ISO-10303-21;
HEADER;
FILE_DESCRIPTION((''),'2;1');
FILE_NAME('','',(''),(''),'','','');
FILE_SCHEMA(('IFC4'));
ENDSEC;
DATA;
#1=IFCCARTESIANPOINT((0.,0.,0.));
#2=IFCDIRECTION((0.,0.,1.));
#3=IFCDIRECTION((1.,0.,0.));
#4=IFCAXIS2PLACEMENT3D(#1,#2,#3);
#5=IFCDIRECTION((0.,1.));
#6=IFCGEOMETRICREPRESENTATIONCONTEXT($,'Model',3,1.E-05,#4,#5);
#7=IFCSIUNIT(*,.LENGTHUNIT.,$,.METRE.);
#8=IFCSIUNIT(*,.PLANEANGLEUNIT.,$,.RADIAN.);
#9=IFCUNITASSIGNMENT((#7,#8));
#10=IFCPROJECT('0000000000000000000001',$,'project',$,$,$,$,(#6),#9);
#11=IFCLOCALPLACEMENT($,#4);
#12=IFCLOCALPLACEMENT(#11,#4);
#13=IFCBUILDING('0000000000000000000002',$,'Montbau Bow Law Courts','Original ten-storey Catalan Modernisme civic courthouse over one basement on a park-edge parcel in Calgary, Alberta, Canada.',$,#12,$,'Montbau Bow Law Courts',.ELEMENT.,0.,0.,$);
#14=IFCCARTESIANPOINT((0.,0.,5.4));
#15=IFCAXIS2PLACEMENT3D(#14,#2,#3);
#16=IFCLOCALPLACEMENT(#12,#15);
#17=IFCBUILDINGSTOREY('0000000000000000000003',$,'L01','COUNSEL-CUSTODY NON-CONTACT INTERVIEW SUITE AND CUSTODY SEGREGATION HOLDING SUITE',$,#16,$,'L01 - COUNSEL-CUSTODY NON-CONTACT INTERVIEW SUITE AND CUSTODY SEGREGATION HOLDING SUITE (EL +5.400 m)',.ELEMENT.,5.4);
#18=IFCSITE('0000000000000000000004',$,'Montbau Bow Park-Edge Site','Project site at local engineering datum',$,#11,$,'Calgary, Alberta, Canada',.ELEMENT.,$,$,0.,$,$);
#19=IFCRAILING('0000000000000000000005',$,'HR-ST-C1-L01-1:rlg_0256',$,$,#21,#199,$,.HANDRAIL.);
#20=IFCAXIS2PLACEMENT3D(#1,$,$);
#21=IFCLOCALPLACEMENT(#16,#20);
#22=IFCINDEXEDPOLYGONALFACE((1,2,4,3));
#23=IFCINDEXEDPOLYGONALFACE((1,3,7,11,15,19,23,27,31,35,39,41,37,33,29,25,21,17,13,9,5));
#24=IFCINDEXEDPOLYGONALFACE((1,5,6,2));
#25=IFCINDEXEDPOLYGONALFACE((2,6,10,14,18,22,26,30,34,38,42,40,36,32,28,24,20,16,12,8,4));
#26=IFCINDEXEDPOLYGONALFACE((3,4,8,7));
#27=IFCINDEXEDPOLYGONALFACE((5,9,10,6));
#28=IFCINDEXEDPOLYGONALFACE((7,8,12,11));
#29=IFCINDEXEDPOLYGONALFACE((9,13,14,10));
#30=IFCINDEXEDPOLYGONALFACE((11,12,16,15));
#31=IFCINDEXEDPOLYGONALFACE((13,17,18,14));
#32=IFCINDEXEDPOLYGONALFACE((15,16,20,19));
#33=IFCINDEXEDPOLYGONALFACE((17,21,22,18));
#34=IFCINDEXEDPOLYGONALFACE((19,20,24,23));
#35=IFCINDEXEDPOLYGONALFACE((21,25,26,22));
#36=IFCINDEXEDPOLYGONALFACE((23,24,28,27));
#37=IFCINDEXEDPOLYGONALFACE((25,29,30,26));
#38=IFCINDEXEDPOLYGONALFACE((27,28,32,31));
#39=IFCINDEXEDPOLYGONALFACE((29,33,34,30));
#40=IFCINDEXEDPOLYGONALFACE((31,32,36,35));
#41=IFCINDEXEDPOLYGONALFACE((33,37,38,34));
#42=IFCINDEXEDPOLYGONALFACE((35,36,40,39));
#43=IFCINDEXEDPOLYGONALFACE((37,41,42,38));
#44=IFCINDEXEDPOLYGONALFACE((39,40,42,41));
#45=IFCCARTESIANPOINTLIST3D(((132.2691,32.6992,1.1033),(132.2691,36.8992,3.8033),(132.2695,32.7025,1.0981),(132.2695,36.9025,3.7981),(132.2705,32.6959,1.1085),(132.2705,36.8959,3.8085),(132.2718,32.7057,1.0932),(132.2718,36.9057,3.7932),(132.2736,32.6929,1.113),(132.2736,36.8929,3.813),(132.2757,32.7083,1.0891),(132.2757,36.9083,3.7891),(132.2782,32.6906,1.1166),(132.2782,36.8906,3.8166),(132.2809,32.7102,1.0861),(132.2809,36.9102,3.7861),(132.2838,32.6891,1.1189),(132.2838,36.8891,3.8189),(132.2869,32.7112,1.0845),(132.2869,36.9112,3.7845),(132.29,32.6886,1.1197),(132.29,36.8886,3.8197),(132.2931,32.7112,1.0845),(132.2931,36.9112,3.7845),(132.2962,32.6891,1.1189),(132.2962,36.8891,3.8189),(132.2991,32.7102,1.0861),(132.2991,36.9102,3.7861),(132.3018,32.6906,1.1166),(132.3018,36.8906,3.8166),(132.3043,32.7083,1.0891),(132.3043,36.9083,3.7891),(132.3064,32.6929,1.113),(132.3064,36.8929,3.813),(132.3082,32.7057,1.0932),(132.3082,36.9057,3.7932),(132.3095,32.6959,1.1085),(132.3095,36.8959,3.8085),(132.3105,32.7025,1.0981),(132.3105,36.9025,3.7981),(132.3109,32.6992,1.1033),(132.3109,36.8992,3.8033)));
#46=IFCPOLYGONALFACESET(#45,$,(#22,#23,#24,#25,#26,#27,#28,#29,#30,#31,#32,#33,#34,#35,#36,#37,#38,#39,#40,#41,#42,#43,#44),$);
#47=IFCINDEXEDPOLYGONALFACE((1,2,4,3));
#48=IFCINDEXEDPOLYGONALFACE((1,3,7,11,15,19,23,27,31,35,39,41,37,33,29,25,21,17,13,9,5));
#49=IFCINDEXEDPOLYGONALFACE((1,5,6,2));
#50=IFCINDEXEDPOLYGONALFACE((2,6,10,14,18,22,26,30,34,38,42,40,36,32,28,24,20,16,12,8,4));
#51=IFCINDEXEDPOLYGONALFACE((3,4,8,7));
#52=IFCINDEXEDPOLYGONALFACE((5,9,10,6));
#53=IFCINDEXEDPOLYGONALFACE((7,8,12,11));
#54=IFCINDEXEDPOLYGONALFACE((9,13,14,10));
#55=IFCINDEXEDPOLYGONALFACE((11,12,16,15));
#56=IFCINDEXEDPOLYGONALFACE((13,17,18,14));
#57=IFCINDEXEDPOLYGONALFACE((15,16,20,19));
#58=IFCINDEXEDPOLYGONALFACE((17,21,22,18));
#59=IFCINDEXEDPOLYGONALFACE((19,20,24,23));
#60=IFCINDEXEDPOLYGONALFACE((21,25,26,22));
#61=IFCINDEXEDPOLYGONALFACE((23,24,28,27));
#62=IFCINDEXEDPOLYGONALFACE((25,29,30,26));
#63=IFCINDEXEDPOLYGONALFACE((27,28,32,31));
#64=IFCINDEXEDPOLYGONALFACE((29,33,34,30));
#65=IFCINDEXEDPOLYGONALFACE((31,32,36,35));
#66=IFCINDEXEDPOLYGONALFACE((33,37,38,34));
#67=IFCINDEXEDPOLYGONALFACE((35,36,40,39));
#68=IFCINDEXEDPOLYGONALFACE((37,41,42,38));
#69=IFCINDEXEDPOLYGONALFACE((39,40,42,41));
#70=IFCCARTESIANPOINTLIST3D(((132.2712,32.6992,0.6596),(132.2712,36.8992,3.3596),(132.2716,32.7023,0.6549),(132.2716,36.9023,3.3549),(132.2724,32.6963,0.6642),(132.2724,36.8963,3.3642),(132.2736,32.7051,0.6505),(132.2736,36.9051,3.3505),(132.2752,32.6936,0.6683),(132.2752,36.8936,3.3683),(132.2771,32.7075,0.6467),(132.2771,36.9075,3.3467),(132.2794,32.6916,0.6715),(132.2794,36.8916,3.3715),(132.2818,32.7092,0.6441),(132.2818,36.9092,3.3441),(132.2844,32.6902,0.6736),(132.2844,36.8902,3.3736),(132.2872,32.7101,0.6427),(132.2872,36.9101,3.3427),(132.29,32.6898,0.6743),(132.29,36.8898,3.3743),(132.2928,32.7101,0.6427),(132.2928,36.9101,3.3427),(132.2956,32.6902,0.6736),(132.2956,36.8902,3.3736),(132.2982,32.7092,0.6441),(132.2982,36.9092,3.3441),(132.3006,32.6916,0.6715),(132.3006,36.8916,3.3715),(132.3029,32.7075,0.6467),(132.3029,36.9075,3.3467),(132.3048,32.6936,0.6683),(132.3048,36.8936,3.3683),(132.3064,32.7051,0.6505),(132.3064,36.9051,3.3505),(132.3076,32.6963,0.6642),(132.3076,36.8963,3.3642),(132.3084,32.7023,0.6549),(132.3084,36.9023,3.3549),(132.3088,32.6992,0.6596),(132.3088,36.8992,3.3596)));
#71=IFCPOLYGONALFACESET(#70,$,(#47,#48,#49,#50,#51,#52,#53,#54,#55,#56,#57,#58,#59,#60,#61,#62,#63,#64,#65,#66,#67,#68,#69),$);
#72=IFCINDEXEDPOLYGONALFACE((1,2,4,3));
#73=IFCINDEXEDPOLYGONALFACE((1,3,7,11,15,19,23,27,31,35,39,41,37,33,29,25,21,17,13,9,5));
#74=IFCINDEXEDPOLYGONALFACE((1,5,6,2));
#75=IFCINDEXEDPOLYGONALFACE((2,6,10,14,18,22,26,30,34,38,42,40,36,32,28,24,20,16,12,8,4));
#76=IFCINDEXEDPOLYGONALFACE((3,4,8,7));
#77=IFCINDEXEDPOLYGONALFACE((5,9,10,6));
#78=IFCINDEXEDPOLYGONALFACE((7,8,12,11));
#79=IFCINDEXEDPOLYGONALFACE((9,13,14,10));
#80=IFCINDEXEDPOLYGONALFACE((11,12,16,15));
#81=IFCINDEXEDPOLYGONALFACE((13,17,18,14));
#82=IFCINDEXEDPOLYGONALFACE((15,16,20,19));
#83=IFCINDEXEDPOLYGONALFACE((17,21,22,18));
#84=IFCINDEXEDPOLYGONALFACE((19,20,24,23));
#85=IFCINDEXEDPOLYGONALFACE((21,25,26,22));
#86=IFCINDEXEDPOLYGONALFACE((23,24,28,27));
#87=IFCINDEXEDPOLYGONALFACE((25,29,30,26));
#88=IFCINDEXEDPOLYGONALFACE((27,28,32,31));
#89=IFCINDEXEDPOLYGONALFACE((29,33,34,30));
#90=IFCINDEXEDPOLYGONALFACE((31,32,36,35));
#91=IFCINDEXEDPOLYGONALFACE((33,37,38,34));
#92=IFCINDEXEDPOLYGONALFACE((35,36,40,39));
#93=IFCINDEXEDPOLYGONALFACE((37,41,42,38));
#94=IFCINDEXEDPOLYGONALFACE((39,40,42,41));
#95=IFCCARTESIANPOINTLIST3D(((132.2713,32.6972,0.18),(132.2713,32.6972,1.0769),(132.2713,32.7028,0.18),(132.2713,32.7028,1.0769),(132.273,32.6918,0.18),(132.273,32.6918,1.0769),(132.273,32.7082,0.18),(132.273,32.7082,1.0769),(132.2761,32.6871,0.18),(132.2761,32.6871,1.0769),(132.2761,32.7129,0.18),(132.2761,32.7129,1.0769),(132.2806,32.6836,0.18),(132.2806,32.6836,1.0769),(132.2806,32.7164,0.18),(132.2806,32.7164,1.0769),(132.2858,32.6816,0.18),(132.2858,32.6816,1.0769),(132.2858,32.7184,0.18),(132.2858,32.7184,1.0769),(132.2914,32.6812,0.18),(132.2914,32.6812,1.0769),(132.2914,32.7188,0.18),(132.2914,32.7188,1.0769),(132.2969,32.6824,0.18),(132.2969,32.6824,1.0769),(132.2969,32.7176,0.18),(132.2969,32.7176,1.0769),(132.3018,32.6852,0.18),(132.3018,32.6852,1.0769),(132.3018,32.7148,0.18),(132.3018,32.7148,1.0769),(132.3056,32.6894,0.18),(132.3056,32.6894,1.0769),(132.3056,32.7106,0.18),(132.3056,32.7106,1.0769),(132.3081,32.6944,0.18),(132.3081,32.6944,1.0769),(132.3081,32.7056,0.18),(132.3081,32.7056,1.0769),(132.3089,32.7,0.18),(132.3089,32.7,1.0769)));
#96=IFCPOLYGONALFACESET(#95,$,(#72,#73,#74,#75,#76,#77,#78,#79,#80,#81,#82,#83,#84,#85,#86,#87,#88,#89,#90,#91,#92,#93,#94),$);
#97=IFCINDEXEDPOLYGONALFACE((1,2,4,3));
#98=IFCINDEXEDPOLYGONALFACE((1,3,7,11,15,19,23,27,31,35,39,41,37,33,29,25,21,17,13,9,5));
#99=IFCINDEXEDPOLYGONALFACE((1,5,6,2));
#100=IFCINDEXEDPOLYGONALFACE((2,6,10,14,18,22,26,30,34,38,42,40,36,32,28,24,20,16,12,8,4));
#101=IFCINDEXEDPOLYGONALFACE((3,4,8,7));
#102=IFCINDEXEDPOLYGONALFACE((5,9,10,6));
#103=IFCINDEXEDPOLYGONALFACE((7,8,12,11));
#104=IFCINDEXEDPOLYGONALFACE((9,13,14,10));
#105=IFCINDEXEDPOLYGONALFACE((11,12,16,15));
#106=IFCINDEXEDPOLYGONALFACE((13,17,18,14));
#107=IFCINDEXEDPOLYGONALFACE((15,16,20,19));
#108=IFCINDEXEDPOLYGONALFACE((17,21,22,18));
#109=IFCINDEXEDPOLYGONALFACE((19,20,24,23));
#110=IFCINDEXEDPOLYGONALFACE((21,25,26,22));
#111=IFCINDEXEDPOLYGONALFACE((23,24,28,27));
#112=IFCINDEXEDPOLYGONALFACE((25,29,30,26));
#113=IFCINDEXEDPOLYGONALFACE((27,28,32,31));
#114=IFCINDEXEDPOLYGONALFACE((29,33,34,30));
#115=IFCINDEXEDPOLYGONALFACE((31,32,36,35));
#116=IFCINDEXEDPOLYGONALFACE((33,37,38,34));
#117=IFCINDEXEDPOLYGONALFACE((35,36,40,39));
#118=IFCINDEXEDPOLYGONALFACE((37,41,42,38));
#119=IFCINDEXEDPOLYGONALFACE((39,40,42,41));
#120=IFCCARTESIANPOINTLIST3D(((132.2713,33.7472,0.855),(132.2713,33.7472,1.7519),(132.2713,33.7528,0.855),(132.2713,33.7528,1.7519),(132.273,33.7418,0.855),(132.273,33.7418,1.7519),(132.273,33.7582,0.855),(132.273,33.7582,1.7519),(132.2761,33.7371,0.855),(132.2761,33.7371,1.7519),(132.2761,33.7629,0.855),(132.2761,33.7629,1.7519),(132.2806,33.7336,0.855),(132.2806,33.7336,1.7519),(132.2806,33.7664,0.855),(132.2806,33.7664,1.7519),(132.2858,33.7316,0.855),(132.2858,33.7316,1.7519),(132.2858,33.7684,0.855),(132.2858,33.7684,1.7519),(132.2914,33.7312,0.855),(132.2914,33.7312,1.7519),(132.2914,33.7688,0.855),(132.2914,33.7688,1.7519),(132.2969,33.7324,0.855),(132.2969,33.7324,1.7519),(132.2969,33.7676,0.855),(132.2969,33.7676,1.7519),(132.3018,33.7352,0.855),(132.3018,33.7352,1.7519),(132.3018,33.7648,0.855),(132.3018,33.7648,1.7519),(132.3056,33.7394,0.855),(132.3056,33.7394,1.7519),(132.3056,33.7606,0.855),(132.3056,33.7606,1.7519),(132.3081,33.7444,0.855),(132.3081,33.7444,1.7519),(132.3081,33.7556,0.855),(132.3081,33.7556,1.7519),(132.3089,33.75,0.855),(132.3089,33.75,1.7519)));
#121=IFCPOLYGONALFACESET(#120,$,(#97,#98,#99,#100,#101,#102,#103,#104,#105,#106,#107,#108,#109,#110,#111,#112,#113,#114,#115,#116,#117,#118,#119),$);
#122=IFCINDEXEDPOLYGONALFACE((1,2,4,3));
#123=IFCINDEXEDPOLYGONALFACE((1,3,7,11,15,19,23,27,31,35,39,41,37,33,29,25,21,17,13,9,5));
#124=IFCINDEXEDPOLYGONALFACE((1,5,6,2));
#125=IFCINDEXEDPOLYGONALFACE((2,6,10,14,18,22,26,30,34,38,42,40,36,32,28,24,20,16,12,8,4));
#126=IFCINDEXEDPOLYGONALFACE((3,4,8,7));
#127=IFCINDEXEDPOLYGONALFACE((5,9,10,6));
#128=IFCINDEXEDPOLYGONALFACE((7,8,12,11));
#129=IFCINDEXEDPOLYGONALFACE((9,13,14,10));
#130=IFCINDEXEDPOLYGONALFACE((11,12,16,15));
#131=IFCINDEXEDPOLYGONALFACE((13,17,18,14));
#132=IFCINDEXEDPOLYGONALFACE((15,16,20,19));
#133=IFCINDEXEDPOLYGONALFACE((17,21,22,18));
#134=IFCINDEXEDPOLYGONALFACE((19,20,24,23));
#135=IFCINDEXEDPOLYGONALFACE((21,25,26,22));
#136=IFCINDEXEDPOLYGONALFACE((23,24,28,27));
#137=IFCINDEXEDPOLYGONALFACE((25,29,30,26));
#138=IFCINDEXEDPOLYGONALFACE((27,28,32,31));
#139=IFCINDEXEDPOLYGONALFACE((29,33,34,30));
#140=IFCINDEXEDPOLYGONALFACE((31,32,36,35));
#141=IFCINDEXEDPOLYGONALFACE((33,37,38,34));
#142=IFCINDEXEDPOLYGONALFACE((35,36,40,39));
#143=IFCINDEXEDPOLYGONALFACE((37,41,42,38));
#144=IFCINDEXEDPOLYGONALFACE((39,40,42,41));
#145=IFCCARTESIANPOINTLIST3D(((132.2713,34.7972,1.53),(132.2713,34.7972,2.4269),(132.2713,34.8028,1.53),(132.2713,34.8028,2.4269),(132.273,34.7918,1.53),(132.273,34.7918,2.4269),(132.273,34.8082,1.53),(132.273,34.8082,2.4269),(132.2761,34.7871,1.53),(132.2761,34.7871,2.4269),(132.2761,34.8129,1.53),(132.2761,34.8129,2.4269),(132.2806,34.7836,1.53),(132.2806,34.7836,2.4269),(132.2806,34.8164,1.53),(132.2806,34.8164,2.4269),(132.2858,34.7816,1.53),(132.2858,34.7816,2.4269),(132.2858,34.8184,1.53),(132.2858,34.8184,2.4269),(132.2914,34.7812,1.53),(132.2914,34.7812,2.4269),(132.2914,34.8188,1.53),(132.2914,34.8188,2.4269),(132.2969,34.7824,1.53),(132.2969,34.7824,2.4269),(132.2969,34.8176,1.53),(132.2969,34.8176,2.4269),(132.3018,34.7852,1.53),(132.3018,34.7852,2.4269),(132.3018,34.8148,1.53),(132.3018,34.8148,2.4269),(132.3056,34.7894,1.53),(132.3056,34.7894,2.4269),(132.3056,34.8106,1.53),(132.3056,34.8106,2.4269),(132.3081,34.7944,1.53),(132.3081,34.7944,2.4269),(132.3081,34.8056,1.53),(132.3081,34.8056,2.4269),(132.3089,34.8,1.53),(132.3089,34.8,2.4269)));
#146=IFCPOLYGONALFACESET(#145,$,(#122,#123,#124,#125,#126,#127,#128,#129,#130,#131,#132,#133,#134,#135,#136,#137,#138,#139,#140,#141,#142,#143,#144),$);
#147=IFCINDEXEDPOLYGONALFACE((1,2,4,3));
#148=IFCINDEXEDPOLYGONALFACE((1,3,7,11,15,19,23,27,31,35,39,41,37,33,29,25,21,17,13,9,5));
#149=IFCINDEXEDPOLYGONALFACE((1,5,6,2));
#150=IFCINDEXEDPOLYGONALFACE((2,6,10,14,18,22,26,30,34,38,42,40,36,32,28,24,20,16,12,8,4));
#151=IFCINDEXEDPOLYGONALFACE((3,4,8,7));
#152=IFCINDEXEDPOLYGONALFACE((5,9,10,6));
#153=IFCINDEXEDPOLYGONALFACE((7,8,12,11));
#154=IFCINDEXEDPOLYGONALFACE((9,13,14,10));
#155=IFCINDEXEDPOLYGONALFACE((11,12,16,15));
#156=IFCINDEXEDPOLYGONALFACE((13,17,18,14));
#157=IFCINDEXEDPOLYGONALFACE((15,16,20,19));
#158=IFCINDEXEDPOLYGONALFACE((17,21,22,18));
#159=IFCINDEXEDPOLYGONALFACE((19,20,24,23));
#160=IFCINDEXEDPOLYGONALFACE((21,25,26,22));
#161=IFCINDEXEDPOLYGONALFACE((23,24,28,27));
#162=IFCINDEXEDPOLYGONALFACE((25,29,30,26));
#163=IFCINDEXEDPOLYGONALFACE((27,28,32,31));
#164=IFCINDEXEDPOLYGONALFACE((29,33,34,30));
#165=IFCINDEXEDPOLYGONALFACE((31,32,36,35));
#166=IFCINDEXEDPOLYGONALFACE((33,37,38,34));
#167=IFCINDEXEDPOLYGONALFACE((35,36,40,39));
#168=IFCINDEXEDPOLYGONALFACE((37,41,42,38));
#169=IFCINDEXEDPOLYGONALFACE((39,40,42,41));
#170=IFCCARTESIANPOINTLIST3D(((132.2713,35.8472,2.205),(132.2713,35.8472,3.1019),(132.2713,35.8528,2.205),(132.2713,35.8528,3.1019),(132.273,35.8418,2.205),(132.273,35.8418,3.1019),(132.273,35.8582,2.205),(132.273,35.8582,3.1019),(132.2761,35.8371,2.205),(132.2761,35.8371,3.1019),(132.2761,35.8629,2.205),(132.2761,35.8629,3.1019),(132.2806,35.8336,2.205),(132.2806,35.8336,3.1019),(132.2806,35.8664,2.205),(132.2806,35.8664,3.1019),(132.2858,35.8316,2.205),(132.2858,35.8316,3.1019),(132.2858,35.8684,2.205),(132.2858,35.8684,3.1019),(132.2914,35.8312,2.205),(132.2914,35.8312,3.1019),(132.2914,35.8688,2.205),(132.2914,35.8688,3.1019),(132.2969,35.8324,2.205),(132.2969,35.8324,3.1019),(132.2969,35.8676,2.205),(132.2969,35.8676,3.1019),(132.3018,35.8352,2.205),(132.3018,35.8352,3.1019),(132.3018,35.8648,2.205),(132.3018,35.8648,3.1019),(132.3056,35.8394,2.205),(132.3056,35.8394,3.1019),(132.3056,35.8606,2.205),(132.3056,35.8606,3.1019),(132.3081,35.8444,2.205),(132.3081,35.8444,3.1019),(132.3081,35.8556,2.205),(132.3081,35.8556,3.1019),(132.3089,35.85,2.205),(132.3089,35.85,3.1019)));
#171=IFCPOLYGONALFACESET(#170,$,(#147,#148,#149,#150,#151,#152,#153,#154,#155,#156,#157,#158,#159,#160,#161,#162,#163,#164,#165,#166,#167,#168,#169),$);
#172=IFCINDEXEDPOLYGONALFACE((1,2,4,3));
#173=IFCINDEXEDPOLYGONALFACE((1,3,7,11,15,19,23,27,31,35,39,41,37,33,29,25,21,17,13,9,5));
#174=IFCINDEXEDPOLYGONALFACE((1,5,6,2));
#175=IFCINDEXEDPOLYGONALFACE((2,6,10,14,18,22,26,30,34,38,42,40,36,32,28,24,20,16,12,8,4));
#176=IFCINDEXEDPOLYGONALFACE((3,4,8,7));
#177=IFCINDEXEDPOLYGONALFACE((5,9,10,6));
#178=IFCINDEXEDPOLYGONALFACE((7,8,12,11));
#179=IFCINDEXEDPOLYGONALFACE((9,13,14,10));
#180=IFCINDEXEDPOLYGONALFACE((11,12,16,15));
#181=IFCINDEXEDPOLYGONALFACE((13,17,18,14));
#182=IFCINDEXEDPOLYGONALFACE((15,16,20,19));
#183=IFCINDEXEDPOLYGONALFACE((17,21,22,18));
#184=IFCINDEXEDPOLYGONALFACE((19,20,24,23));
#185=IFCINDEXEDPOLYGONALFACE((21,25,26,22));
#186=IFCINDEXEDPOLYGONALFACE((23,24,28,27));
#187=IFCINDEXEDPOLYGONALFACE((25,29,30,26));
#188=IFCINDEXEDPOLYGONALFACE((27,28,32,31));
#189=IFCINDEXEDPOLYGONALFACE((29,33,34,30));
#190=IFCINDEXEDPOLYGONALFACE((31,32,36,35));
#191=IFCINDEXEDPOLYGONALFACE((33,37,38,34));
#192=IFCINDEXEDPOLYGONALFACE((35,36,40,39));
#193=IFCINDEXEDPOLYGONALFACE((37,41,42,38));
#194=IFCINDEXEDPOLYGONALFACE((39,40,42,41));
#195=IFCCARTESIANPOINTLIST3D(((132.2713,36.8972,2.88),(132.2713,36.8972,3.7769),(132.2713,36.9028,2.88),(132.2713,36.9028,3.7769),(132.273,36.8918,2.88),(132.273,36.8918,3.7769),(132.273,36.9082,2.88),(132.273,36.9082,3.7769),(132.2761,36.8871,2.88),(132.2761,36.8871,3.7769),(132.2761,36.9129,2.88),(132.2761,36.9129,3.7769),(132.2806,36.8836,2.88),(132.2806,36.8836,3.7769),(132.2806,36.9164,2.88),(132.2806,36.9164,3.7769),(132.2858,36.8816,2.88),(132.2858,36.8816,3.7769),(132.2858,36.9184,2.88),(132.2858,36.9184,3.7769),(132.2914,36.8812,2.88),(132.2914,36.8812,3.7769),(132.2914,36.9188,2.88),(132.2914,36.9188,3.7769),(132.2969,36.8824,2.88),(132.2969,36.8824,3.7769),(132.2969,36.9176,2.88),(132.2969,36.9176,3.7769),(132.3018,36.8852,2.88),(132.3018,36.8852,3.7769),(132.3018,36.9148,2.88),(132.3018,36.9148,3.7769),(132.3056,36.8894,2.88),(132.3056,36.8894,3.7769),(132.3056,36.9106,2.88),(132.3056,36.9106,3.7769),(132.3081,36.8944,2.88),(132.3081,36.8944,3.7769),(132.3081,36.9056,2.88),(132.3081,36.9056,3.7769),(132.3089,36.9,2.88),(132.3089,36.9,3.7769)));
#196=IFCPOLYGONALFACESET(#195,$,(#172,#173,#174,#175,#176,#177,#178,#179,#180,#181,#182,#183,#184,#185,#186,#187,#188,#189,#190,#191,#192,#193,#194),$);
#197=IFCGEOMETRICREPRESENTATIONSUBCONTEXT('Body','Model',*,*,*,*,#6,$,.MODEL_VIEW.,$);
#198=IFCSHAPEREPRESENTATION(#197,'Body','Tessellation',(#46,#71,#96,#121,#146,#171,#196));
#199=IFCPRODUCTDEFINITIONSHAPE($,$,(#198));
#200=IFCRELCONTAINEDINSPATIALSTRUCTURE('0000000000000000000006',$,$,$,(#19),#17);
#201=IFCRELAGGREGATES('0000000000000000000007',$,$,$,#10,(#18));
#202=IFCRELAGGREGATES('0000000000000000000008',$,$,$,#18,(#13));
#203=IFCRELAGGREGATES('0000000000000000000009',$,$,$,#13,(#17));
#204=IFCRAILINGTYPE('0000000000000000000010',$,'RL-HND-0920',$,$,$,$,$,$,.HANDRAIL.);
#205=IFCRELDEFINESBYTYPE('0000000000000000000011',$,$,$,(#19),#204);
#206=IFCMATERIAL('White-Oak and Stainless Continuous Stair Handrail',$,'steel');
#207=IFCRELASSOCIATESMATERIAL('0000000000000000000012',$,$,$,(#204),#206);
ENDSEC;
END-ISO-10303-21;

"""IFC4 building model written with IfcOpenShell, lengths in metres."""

from ifc_helpers import new_model, si_unit, direction, frame, origin_with_axes, origin_2d_with_axis, place, context, subcontext, project, spatial, circle, extrude, material, type_object, element, save


model = new_model("IFC4")

# Units and contexts
model_context = context("Model", 3, precision=1e-05, world=origin_with_axes(), true_north=direction((0.0, 1.0)))
body_context = subcontext(model_context, "Body", "Model", "MODEL_VIEW")
ifc_project = project(units=[si_unit("LENGTHUNIT", "METRE"), si_unit("PLANEANGLEUNIT", "RADIAN")], contexts=[model_context])

# Site, building, storey
site_placement = place(None, origin_with_axes())
site = spatial("IfcSite", under=ifc_project, at=site_placement, Name="Montbau Bow Park-Edge Site", Description="Project site at local engineering datum", LongName="Calgary, Alberta, Canada", CompositionType="ELEMENT", RefElevation=0.0)
building_placement = place(site_placement, origin_with_axes())
building = spatial("IfcBuilding", under=site, at=building_placement, Name="Montbau Bow Law Courts", Description="Original ten-storey Catalan Modernisme civic courthouse over one basement on a park-edge parcel in Calgary, Alberta, Canada.", LongName="Montbau Bow Law Courts", CompositionType="ELEMENT", ElevationOfRefHeight=0.0, ElevationOfTerrain=0.0)
storey_placement = place(building_placement, frame((0.0, 0.0, 5.4), z_axis=(0.0, 0.0, 1.0), x_axis=(1.0, 0.0, 0.0)))
storey = spatial("IfcBuildingStorey", under=building, at=storey_placement, Name="L01", Description="COUNSEL-CUSTODY NON-CONTACT INTERVIEW SUITE AND CUSTODY SEGREGATION HOLDING SUITE", LongName="L01 - COUNSEL-CUSTODY NON-CONTACT INTERVIEW SUITE AND CUSTODY SEGREGATION HOLDING SUITE (EL +5.400 m)", CompositionType="ELEMENT", Elevation=5.4)

# Railing
ifc_material_1 = material(Name="White-Oak and Stainless Continuous Stair Handrail", Category="steel")
railing_type_1 = type_object("IfcRailingType", Name="RL-HND-0920", PredefinedType="HANDRAIL", material=ifc_material_1)
railing_1_placement = place(None, origin_with_axes())
element("IfcRailing", 1, at=railing_1_placement, inside=storey, type_object=railing_type_1, Name="HR-ST-C1-L01-1:rlg_0256", PredefinedType="HANDRAIL", context=body_context, shape_type="SweptSolid", body=[
    extrude(circle(Radius=0.021, at=origin_2d_with_axis()), frame((132.29, 32.7, 6.502), z_axis=(0.0, 0.841178, 0.540758), x_axis=(0.0, -0.540758, 0.841178)), (0.0, 0.0, 1.0), 4.993),
    extrude(circle(Radius=0.0189, at=origin_2d_with_axis()), frame((132.29, 32.7, 6.0584), z_axis=(0.0, 0.841178, 0.540758), x_axis=(0.0, -0.540758, 0.841178)), (0.0, 0.0, 1.0), 4.993),
    extrude(circle(Radius=0.0189, at=origin_2d_with_axis()), frame((132.29, 32.7, 5.58), z_axis=(0.0, 0.0, 1.0), x_axis=(1.0, 0.0, 0.0)), (0.0, 0.0, 1.0), 0.8969),
    extrude(circle(Radius=0.0189, at=origin_2d_with_axis()), frame((132.29, 33.75, 6.255), z_axis=(0.0, 0.0, 1.0), x_axis=(1.0, 0.0, 0.0)), (0.0, 0.0, 1.0), 0.8969),
    extrude(circle(Radius=0.0189, at=origin_2d_with_axis()), frame((132.29, 34.8, 6.93), z_axis=(0.0, 0.0, 1.0), x_axis=(1.0, 0.0, 0.0)), (0.0, 0.0, 1.0), 0.8969),
    extrude(circle(Radius=0.0189, at=origin_2d_with_axis()), frame((132.29, 35.85, 7.605), z_axis=(0.0, 0.0, 1.0), x_axis=(1.0, 0.0, 0.0)), (0.0, 0.0, 1.0), 0.8969),
    extrude(circle(Radius=0.0189, at=origin_2d_with_axis()), frame((132.29, 36.9, 8.28), z_axis=(0.0, 0.0, 1.0), x_axis=(1.0, 0.0, 0.0)), (0.0, 0.0, 1.0), 0.8969),
])

save(model, "model.ifc")
